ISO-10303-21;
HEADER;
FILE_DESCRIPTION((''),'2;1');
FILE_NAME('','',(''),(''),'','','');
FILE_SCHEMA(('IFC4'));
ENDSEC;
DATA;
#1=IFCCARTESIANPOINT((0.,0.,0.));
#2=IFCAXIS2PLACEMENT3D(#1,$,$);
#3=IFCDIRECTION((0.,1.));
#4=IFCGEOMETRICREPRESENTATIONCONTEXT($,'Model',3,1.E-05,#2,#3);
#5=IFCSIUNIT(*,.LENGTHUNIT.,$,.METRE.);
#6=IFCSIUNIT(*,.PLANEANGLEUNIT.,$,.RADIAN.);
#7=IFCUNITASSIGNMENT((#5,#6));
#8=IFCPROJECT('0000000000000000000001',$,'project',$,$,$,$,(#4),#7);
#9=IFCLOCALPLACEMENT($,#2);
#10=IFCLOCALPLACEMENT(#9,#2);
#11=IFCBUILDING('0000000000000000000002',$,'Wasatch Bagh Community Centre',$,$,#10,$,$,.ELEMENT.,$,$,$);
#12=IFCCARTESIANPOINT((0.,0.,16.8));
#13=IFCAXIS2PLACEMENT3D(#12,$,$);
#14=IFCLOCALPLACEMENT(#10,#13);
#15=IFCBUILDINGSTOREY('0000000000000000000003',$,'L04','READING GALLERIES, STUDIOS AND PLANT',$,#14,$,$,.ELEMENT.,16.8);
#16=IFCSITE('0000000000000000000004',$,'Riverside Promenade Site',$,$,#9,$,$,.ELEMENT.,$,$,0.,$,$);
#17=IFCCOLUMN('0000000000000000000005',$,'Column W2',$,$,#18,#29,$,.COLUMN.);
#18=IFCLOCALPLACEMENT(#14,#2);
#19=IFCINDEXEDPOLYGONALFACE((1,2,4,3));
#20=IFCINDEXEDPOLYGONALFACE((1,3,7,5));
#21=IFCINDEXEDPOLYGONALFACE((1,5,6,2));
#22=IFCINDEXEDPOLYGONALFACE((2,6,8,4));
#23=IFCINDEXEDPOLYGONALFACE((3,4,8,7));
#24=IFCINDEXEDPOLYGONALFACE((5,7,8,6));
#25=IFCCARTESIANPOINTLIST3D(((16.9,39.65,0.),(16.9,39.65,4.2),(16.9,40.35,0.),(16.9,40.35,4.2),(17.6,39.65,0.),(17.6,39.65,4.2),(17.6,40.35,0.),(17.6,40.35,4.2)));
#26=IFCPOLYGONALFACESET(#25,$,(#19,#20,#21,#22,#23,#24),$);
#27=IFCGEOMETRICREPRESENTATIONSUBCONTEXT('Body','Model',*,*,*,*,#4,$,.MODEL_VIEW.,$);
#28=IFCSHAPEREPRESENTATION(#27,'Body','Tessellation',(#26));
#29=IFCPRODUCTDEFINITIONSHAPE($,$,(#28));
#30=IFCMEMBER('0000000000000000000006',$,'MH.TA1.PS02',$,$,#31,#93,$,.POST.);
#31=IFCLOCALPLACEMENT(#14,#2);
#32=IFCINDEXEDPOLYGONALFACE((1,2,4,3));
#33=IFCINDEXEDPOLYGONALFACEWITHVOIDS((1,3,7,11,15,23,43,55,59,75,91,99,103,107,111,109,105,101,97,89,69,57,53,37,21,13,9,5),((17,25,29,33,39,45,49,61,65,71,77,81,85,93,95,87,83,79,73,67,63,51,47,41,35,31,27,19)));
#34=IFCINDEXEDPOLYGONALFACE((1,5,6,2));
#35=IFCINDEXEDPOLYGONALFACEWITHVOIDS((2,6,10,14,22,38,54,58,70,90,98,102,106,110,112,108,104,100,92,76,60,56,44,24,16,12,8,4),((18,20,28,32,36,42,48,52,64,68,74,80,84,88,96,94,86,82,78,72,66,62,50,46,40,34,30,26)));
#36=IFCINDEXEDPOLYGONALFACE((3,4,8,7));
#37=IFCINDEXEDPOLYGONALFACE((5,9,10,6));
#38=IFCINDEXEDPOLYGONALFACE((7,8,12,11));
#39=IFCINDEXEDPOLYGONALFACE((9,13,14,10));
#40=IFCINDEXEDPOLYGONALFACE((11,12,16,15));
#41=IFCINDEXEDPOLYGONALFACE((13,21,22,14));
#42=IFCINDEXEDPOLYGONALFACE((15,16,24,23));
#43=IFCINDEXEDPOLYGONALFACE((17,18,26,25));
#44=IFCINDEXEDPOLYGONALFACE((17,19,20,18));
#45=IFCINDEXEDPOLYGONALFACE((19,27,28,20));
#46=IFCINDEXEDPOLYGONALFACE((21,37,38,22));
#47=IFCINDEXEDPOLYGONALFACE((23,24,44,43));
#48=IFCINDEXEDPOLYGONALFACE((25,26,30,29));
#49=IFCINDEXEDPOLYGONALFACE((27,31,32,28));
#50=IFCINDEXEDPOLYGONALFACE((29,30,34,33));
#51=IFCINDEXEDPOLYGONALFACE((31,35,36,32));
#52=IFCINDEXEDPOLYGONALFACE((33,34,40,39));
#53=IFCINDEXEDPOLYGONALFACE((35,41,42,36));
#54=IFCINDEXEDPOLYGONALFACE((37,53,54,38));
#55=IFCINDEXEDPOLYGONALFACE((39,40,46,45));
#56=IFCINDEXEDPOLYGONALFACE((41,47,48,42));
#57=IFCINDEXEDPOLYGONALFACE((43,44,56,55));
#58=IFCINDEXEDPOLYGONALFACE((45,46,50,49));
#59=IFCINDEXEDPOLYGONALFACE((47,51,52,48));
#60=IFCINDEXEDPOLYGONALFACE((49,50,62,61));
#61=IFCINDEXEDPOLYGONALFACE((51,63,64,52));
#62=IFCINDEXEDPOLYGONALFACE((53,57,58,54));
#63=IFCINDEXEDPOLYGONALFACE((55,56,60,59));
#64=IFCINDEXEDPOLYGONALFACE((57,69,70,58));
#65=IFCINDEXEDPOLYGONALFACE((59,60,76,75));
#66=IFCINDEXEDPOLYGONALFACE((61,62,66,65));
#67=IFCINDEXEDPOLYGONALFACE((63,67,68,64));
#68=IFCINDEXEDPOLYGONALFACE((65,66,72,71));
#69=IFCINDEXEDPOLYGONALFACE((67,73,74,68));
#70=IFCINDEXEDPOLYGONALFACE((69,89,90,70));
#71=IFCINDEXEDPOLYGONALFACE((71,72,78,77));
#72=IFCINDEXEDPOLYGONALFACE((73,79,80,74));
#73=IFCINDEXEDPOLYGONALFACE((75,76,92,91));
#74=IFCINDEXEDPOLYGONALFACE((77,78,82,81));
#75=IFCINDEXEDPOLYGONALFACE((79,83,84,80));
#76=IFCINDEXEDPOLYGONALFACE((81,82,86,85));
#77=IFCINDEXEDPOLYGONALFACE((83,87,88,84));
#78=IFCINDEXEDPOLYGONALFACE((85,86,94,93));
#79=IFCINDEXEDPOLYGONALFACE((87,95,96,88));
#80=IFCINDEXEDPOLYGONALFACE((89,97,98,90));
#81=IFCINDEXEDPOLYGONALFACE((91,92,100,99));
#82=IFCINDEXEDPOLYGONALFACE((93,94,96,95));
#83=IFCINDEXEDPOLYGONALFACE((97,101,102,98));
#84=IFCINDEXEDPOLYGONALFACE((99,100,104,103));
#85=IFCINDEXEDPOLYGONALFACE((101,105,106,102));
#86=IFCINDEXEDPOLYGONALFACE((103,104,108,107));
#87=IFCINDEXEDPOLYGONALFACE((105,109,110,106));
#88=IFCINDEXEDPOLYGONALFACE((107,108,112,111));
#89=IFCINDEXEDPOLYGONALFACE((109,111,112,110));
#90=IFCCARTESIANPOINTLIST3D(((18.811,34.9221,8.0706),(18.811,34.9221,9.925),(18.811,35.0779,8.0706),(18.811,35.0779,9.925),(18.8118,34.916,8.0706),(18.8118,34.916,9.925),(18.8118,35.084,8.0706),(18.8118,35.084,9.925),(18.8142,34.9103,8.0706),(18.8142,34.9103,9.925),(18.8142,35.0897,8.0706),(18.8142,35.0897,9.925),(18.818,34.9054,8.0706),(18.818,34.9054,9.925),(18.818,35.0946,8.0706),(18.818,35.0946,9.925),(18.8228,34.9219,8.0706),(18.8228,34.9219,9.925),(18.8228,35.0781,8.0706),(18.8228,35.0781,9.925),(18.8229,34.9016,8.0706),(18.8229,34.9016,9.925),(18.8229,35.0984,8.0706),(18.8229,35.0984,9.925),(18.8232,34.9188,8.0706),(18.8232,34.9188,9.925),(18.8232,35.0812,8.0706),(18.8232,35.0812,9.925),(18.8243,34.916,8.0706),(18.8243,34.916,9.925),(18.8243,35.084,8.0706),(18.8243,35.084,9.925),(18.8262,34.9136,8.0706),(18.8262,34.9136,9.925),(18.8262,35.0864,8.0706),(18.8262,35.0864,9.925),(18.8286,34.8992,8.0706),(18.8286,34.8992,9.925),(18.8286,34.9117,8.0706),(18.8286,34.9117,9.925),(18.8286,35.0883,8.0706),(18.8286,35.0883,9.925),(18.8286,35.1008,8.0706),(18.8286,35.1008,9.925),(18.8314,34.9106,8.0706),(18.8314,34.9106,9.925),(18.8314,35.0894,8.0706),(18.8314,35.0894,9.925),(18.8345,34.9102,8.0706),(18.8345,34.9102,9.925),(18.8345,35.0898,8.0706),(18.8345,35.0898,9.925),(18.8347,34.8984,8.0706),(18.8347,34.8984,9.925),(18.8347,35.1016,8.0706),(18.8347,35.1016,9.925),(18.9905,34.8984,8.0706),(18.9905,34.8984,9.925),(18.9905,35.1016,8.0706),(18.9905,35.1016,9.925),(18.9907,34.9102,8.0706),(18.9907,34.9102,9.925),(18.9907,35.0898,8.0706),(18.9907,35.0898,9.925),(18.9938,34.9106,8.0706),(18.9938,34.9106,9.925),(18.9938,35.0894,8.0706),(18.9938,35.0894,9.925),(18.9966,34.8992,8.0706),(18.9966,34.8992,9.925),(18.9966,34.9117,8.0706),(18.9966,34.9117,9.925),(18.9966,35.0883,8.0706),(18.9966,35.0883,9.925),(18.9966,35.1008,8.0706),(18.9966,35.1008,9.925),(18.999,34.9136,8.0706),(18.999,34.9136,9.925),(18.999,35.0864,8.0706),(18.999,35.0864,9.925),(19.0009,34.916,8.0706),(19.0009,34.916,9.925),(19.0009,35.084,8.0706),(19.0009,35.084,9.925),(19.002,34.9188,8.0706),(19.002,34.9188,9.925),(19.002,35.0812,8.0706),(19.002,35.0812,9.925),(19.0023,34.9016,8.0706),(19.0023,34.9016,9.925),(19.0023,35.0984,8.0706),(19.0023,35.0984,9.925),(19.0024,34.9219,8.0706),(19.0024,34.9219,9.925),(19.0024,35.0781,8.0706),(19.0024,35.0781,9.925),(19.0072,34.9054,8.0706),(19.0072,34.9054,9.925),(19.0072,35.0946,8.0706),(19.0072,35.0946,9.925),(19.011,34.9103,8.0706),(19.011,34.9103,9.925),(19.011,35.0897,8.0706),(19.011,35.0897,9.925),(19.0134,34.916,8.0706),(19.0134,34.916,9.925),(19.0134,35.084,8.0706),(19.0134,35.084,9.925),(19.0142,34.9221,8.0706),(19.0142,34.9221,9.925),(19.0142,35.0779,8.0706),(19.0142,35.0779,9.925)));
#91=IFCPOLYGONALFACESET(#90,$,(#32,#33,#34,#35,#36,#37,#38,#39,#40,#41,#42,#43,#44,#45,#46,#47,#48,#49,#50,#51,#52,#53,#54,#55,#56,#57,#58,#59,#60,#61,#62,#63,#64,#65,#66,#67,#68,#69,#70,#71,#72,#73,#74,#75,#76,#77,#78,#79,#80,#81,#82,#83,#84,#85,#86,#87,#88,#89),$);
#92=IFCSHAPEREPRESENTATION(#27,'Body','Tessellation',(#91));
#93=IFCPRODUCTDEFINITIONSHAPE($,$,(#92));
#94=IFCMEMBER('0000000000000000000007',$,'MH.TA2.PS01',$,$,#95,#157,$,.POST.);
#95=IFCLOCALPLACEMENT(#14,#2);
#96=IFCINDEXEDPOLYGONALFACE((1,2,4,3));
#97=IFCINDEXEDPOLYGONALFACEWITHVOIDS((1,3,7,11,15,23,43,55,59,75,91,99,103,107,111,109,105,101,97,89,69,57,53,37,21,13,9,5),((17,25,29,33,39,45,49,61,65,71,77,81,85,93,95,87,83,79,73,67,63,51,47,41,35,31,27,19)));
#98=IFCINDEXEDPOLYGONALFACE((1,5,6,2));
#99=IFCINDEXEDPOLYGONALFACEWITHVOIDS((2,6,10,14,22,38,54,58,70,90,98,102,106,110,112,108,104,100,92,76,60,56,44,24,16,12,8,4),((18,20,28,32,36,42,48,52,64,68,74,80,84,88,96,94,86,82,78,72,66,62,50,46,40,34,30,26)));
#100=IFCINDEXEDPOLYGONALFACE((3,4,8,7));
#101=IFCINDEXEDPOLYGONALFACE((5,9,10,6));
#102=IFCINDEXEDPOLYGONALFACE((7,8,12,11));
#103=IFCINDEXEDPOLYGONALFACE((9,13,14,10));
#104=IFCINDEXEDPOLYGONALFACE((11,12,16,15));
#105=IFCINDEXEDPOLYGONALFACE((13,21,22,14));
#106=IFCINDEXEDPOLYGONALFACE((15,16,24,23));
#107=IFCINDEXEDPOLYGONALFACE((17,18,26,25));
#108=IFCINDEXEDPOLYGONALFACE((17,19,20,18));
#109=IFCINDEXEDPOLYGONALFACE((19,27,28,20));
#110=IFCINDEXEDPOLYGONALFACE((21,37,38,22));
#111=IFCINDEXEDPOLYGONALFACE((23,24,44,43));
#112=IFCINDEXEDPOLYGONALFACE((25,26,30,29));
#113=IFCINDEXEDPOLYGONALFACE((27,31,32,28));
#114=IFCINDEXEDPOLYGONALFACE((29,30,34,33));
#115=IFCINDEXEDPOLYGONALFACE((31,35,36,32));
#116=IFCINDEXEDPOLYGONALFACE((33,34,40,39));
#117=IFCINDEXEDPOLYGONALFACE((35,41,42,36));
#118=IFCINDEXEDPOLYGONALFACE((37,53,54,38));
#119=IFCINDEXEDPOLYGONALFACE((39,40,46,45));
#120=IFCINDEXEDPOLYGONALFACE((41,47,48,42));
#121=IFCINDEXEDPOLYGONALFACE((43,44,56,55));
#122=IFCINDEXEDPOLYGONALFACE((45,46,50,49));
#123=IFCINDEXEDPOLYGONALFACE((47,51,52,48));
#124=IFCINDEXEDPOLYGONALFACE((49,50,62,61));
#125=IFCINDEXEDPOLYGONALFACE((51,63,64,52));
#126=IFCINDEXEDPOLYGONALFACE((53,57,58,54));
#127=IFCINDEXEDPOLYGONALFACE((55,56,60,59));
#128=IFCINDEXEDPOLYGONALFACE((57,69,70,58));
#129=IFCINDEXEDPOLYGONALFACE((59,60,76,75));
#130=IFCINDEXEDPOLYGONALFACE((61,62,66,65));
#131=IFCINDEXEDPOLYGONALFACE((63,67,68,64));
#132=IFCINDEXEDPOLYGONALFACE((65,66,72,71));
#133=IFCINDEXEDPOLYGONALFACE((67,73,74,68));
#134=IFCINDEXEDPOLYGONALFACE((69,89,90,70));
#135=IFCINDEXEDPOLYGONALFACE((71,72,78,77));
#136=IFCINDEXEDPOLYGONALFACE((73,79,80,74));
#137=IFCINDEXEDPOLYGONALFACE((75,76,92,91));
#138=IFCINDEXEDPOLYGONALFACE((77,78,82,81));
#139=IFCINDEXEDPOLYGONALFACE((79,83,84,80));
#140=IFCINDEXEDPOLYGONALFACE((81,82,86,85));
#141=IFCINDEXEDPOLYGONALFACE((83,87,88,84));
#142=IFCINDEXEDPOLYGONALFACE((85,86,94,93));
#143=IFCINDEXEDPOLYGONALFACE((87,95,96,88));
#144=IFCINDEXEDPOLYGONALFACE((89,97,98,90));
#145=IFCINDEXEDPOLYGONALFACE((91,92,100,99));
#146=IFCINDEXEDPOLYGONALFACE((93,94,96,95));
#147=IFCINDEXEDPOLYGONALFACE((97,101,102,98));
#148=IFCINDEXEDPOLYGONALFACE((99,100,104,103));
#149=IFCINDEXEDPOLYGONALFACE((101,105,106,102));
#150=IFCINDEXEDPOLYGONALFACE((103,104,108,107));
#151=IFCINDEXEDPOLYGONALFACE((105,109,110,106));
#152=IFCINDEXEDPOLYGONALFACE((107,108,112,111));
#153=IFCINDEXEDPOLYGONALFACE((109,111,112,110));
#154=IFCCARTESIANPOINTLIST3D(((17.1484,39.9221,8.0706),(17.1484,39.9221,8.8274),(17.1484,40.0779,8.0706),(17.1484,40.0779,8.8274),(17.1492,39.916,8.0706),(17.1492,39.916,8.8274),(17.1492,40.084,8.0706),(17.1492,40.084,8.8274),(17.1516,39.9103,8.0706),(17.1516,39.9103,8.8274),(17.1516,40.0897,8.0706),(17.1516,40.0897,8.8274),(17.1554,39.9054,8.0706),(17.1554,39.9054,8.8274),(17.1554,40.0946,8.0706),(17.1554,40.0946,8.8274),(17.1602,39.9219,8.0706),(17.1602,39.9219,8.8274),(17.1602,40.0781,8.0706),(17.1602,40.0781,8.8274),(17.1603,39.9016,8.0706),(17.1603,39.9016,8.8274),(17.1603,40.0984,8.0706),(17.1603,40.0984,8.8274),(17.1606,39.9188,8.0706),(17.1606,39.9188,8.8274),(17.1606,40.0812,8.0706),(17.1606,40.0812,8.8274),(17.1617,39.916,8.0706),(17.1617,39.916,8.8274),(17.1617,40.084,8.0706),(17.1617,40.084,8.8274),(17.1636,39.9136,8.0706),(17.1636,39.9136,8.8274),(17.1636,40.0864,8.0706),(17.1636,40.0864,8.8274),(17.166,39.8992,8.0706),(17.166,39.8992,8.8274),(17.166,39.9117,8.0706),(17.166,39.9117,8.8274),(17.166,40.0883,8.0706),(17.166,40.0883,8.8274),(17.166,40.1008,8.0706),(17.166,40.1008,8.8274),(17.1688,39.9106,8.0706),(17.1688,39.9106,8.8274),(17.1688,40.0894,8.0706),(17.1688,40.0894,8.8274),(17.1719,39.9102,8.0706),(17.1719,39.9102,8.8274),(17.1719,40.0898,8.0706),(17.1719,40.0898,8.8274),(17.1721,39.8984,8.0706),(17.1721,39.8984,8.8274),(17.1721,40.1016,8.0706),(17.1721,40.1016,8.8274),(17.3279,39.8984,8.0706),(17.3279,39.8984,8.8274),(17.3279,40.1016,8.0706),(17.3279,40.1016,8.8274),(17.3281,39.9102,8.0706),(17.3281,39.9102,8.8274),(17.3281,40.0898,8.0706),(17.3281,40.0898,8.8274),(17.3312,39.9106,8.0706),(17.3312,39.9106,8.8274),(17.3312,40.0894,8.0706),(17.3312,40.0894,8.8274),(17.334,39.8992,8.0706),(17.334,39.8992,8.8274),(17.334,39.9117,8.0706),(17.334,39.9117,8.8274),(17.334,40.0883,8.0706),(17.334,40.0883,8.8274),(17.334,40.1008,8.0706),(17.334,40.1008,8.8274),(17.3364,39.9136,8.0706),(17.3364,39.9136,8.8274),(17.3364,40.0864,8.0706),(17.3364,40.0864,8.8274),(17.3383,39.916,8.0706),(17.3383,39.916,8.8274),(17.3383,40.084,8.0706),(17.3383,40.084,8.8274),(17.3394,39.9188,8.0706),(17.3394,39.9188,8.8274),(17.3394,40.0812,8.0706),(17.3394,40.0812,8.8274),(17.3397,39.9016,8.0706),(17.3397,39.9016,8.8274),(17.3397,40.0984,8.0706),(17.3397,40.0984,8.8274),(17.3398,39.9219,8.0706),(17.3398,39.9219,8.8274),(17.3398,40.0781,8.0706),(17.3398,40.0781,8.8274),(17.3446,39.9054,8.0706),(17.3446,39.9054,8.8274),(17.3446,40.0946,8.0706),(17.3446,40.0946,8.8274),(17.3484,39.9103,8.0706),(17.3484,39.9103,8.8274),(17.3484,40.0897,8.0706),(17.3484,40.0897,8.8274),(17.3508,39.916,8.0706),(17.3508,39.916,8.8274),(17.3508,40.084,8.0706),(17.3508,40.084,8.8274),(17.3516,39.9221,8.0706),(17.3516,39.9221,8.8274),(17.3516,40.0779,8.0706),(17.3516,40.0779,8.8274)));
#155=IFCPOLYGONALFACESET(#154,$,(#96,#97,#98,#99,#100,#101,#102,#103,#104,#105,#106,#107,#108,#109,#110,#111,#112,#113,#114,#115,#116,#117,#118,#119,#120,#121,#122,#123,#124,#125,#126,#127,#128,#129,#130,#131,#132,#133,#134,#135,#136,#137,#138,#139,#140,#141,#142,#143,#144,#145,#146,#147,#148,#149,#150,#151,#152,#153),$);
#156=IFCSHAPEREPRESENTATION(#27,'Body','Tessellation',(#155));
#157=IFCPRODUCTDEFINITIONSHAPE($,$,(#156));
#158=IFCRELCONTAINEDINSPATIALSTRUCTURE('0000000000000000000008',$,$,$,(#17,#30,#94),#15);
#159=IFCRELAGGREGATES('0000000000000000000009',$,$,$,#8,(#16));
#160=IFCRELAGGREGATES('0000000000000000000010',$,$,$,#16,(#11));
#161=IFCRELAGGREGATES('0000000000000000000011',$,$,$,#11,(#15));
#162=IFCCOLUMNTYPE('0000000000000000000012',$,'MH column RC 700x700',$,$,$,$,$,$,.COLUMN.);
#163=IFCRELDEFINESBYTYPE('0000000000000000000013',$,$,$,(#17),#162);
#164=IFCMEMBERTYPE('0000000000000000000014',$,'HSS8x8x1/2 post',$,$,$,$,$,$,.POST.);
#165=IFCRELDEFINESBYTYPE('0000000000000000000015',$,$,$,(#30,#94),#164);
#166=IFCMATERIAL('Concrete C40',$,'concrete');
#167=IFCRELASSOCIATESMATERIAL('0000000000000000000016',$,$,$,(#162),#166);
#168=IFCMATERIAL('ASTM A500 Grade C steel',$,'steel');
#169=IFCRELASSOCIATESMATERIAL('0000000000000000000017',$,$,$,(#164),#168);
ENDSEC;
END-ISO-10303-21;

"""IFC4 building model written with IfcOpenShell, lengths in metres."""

from ifc_helpers import new_model, si_unit, direction, frame, origin, origin_2d, place, context, subcontext, project, spatial, rectangle, hollow_rectangle, extrude, material, material_profile, profile_set, type_object, element, save


model = new_model("IFC4")

# Units and contexts
model_context = context("Model", 3, precision=1e-05, world=origin(), true_north=direction((0.0, 1.0)))
body_context = subcontext(model_context, "Body", "Model", "MODEL_VIEW")
ifc_project = project(units=[si_unit("LENGTHUNIT", "METRE"), si_unit("PLANEANGLEUNIT", "RADIAN")], contexts=[model_context])

# Site, building, storey
site_placement = place(None, origin())
site = spatial("IfcSite", under=ifc_project, at=site_placement, Name="Riverside Promenade Site", CompositionType="ELEMENT", RefElevation=0.0)
building_placement = place(site_placement, origin())
building = spatial("IfcBuilding", under=site, at=building_placement, Name="Wasatch Bagh Community Centre", CompositionType="ELEMENT")
storey_placement = place(building_placement, frame((0.0, 0.0, 16.8)))
storey = spatial("IfcBuildingStorey", under=building, at=storey_placement, Name="L04", Description="READING GALLERIES, STUDIOS AND PLANT", CompositionType="ELEMENT", Elevation=16.8)

# Column
ifc_material_1 = material(Name="Concrete C40", Category="concrete")
ifc_material_profile_1 = material_profile(ifc_material_1, rectangle(XDim=0.7, YDim=0.7, at=origin_2d()), Name="RC 700x700")
ifc_profile_set_1 = profile_set([ifc_material_profile_1], Name="Concrete C40")
column_type = type_object("IfcColumnType", Name="MH column RC 700x700", PredefinedType="COLUMN", material=ifc_profile_set_1)
column_placement = place(storey_placement, frame((17.25, 40.0, 0.0), z_axis=(0.0, 0.0, 1.0), x_axis=(1.0, 0.0, 0.0)))
element("IfcColumn", 1, at=column_placement, inside=storey, type_object=column_type, Name="Column W2", PredefinedType="COLUMN", context=body_context, shape_type="SweptSolid", body=[
    extrude(rectangle(XDim=0.7, YDim=0.7, at=origin_2d()), origin(), (0.0, 0.0, 1.0), 4.2),
])

# Members
ifc_material_2 = material(Name="ASTM A500 Grade C steel", Category="steel")
ifc_material_profile_2 = material_profile(ifc_material_2, hollow_rectangle(XDim=0.2031, YDim=0.2031, WallThickness=0.0117, InnerFilletRadius=0.0117, OuterFilletRadius=0.0237, at=origin_2d()), Name="HSS8x8x1/2")
ifc_profile_set_2 = profile_set([ifc_material_profile_2], Name="ASTM A500 Grade C steel")
member_type_1 = type_object("IfcMemberType", Name="HSS8x8x1/2 post", PredefinedType="POST", material=ifc_profile_set_2)
member_1_placement = place(storey_placement, frame((18.9126, 35.0, 8.0706), z_axis=(0.0, 0.0, 1.0), x_axis=(1.0, 0.0, 0.0)))
element("IfcMember", 2, at=member_1_placement, inside=storey, type_object=member_type_1, Name="MH.TA1.PS02", PredefinedType="POST", context=body_context, shape_type="SweptSolid", body=[
    extrude(hollow_rectangle(XDim=0.2031, YDim=0.2031, WallThickness=0.0117, InnerFilletRadius=0.0117, OuterFilletRadius=0.0237, at=origin_2d()), origin(), (0.0, 0.0, 1.0), 1.8545),
])
member_2_placement = place(storey_placement, frame((17.25, 40.0, 8.0706), z_axis=(0.0, 0.0, 1.0), x_axis=(1.0, 0.0, 0.0)))
element("IfcMember", 3, at=member_2_placement, inside=storey, type_object=member_type_1, Name="MH.TA2.PS01", PredefinedType="POST", context=body_context, shape_type="SweptSolid", body=[
    extrude(hollow_rectangle(XDim=0.2031, YDim=0.2031, WallThickness=0.0117, InnerFilletRadius=0.0117, OuterFilletRadius=0.0237, at=origin_2d()), origin(), (0.0, 0.0, 1.0), 0.7568),
])

save(model, "model.ifc")
